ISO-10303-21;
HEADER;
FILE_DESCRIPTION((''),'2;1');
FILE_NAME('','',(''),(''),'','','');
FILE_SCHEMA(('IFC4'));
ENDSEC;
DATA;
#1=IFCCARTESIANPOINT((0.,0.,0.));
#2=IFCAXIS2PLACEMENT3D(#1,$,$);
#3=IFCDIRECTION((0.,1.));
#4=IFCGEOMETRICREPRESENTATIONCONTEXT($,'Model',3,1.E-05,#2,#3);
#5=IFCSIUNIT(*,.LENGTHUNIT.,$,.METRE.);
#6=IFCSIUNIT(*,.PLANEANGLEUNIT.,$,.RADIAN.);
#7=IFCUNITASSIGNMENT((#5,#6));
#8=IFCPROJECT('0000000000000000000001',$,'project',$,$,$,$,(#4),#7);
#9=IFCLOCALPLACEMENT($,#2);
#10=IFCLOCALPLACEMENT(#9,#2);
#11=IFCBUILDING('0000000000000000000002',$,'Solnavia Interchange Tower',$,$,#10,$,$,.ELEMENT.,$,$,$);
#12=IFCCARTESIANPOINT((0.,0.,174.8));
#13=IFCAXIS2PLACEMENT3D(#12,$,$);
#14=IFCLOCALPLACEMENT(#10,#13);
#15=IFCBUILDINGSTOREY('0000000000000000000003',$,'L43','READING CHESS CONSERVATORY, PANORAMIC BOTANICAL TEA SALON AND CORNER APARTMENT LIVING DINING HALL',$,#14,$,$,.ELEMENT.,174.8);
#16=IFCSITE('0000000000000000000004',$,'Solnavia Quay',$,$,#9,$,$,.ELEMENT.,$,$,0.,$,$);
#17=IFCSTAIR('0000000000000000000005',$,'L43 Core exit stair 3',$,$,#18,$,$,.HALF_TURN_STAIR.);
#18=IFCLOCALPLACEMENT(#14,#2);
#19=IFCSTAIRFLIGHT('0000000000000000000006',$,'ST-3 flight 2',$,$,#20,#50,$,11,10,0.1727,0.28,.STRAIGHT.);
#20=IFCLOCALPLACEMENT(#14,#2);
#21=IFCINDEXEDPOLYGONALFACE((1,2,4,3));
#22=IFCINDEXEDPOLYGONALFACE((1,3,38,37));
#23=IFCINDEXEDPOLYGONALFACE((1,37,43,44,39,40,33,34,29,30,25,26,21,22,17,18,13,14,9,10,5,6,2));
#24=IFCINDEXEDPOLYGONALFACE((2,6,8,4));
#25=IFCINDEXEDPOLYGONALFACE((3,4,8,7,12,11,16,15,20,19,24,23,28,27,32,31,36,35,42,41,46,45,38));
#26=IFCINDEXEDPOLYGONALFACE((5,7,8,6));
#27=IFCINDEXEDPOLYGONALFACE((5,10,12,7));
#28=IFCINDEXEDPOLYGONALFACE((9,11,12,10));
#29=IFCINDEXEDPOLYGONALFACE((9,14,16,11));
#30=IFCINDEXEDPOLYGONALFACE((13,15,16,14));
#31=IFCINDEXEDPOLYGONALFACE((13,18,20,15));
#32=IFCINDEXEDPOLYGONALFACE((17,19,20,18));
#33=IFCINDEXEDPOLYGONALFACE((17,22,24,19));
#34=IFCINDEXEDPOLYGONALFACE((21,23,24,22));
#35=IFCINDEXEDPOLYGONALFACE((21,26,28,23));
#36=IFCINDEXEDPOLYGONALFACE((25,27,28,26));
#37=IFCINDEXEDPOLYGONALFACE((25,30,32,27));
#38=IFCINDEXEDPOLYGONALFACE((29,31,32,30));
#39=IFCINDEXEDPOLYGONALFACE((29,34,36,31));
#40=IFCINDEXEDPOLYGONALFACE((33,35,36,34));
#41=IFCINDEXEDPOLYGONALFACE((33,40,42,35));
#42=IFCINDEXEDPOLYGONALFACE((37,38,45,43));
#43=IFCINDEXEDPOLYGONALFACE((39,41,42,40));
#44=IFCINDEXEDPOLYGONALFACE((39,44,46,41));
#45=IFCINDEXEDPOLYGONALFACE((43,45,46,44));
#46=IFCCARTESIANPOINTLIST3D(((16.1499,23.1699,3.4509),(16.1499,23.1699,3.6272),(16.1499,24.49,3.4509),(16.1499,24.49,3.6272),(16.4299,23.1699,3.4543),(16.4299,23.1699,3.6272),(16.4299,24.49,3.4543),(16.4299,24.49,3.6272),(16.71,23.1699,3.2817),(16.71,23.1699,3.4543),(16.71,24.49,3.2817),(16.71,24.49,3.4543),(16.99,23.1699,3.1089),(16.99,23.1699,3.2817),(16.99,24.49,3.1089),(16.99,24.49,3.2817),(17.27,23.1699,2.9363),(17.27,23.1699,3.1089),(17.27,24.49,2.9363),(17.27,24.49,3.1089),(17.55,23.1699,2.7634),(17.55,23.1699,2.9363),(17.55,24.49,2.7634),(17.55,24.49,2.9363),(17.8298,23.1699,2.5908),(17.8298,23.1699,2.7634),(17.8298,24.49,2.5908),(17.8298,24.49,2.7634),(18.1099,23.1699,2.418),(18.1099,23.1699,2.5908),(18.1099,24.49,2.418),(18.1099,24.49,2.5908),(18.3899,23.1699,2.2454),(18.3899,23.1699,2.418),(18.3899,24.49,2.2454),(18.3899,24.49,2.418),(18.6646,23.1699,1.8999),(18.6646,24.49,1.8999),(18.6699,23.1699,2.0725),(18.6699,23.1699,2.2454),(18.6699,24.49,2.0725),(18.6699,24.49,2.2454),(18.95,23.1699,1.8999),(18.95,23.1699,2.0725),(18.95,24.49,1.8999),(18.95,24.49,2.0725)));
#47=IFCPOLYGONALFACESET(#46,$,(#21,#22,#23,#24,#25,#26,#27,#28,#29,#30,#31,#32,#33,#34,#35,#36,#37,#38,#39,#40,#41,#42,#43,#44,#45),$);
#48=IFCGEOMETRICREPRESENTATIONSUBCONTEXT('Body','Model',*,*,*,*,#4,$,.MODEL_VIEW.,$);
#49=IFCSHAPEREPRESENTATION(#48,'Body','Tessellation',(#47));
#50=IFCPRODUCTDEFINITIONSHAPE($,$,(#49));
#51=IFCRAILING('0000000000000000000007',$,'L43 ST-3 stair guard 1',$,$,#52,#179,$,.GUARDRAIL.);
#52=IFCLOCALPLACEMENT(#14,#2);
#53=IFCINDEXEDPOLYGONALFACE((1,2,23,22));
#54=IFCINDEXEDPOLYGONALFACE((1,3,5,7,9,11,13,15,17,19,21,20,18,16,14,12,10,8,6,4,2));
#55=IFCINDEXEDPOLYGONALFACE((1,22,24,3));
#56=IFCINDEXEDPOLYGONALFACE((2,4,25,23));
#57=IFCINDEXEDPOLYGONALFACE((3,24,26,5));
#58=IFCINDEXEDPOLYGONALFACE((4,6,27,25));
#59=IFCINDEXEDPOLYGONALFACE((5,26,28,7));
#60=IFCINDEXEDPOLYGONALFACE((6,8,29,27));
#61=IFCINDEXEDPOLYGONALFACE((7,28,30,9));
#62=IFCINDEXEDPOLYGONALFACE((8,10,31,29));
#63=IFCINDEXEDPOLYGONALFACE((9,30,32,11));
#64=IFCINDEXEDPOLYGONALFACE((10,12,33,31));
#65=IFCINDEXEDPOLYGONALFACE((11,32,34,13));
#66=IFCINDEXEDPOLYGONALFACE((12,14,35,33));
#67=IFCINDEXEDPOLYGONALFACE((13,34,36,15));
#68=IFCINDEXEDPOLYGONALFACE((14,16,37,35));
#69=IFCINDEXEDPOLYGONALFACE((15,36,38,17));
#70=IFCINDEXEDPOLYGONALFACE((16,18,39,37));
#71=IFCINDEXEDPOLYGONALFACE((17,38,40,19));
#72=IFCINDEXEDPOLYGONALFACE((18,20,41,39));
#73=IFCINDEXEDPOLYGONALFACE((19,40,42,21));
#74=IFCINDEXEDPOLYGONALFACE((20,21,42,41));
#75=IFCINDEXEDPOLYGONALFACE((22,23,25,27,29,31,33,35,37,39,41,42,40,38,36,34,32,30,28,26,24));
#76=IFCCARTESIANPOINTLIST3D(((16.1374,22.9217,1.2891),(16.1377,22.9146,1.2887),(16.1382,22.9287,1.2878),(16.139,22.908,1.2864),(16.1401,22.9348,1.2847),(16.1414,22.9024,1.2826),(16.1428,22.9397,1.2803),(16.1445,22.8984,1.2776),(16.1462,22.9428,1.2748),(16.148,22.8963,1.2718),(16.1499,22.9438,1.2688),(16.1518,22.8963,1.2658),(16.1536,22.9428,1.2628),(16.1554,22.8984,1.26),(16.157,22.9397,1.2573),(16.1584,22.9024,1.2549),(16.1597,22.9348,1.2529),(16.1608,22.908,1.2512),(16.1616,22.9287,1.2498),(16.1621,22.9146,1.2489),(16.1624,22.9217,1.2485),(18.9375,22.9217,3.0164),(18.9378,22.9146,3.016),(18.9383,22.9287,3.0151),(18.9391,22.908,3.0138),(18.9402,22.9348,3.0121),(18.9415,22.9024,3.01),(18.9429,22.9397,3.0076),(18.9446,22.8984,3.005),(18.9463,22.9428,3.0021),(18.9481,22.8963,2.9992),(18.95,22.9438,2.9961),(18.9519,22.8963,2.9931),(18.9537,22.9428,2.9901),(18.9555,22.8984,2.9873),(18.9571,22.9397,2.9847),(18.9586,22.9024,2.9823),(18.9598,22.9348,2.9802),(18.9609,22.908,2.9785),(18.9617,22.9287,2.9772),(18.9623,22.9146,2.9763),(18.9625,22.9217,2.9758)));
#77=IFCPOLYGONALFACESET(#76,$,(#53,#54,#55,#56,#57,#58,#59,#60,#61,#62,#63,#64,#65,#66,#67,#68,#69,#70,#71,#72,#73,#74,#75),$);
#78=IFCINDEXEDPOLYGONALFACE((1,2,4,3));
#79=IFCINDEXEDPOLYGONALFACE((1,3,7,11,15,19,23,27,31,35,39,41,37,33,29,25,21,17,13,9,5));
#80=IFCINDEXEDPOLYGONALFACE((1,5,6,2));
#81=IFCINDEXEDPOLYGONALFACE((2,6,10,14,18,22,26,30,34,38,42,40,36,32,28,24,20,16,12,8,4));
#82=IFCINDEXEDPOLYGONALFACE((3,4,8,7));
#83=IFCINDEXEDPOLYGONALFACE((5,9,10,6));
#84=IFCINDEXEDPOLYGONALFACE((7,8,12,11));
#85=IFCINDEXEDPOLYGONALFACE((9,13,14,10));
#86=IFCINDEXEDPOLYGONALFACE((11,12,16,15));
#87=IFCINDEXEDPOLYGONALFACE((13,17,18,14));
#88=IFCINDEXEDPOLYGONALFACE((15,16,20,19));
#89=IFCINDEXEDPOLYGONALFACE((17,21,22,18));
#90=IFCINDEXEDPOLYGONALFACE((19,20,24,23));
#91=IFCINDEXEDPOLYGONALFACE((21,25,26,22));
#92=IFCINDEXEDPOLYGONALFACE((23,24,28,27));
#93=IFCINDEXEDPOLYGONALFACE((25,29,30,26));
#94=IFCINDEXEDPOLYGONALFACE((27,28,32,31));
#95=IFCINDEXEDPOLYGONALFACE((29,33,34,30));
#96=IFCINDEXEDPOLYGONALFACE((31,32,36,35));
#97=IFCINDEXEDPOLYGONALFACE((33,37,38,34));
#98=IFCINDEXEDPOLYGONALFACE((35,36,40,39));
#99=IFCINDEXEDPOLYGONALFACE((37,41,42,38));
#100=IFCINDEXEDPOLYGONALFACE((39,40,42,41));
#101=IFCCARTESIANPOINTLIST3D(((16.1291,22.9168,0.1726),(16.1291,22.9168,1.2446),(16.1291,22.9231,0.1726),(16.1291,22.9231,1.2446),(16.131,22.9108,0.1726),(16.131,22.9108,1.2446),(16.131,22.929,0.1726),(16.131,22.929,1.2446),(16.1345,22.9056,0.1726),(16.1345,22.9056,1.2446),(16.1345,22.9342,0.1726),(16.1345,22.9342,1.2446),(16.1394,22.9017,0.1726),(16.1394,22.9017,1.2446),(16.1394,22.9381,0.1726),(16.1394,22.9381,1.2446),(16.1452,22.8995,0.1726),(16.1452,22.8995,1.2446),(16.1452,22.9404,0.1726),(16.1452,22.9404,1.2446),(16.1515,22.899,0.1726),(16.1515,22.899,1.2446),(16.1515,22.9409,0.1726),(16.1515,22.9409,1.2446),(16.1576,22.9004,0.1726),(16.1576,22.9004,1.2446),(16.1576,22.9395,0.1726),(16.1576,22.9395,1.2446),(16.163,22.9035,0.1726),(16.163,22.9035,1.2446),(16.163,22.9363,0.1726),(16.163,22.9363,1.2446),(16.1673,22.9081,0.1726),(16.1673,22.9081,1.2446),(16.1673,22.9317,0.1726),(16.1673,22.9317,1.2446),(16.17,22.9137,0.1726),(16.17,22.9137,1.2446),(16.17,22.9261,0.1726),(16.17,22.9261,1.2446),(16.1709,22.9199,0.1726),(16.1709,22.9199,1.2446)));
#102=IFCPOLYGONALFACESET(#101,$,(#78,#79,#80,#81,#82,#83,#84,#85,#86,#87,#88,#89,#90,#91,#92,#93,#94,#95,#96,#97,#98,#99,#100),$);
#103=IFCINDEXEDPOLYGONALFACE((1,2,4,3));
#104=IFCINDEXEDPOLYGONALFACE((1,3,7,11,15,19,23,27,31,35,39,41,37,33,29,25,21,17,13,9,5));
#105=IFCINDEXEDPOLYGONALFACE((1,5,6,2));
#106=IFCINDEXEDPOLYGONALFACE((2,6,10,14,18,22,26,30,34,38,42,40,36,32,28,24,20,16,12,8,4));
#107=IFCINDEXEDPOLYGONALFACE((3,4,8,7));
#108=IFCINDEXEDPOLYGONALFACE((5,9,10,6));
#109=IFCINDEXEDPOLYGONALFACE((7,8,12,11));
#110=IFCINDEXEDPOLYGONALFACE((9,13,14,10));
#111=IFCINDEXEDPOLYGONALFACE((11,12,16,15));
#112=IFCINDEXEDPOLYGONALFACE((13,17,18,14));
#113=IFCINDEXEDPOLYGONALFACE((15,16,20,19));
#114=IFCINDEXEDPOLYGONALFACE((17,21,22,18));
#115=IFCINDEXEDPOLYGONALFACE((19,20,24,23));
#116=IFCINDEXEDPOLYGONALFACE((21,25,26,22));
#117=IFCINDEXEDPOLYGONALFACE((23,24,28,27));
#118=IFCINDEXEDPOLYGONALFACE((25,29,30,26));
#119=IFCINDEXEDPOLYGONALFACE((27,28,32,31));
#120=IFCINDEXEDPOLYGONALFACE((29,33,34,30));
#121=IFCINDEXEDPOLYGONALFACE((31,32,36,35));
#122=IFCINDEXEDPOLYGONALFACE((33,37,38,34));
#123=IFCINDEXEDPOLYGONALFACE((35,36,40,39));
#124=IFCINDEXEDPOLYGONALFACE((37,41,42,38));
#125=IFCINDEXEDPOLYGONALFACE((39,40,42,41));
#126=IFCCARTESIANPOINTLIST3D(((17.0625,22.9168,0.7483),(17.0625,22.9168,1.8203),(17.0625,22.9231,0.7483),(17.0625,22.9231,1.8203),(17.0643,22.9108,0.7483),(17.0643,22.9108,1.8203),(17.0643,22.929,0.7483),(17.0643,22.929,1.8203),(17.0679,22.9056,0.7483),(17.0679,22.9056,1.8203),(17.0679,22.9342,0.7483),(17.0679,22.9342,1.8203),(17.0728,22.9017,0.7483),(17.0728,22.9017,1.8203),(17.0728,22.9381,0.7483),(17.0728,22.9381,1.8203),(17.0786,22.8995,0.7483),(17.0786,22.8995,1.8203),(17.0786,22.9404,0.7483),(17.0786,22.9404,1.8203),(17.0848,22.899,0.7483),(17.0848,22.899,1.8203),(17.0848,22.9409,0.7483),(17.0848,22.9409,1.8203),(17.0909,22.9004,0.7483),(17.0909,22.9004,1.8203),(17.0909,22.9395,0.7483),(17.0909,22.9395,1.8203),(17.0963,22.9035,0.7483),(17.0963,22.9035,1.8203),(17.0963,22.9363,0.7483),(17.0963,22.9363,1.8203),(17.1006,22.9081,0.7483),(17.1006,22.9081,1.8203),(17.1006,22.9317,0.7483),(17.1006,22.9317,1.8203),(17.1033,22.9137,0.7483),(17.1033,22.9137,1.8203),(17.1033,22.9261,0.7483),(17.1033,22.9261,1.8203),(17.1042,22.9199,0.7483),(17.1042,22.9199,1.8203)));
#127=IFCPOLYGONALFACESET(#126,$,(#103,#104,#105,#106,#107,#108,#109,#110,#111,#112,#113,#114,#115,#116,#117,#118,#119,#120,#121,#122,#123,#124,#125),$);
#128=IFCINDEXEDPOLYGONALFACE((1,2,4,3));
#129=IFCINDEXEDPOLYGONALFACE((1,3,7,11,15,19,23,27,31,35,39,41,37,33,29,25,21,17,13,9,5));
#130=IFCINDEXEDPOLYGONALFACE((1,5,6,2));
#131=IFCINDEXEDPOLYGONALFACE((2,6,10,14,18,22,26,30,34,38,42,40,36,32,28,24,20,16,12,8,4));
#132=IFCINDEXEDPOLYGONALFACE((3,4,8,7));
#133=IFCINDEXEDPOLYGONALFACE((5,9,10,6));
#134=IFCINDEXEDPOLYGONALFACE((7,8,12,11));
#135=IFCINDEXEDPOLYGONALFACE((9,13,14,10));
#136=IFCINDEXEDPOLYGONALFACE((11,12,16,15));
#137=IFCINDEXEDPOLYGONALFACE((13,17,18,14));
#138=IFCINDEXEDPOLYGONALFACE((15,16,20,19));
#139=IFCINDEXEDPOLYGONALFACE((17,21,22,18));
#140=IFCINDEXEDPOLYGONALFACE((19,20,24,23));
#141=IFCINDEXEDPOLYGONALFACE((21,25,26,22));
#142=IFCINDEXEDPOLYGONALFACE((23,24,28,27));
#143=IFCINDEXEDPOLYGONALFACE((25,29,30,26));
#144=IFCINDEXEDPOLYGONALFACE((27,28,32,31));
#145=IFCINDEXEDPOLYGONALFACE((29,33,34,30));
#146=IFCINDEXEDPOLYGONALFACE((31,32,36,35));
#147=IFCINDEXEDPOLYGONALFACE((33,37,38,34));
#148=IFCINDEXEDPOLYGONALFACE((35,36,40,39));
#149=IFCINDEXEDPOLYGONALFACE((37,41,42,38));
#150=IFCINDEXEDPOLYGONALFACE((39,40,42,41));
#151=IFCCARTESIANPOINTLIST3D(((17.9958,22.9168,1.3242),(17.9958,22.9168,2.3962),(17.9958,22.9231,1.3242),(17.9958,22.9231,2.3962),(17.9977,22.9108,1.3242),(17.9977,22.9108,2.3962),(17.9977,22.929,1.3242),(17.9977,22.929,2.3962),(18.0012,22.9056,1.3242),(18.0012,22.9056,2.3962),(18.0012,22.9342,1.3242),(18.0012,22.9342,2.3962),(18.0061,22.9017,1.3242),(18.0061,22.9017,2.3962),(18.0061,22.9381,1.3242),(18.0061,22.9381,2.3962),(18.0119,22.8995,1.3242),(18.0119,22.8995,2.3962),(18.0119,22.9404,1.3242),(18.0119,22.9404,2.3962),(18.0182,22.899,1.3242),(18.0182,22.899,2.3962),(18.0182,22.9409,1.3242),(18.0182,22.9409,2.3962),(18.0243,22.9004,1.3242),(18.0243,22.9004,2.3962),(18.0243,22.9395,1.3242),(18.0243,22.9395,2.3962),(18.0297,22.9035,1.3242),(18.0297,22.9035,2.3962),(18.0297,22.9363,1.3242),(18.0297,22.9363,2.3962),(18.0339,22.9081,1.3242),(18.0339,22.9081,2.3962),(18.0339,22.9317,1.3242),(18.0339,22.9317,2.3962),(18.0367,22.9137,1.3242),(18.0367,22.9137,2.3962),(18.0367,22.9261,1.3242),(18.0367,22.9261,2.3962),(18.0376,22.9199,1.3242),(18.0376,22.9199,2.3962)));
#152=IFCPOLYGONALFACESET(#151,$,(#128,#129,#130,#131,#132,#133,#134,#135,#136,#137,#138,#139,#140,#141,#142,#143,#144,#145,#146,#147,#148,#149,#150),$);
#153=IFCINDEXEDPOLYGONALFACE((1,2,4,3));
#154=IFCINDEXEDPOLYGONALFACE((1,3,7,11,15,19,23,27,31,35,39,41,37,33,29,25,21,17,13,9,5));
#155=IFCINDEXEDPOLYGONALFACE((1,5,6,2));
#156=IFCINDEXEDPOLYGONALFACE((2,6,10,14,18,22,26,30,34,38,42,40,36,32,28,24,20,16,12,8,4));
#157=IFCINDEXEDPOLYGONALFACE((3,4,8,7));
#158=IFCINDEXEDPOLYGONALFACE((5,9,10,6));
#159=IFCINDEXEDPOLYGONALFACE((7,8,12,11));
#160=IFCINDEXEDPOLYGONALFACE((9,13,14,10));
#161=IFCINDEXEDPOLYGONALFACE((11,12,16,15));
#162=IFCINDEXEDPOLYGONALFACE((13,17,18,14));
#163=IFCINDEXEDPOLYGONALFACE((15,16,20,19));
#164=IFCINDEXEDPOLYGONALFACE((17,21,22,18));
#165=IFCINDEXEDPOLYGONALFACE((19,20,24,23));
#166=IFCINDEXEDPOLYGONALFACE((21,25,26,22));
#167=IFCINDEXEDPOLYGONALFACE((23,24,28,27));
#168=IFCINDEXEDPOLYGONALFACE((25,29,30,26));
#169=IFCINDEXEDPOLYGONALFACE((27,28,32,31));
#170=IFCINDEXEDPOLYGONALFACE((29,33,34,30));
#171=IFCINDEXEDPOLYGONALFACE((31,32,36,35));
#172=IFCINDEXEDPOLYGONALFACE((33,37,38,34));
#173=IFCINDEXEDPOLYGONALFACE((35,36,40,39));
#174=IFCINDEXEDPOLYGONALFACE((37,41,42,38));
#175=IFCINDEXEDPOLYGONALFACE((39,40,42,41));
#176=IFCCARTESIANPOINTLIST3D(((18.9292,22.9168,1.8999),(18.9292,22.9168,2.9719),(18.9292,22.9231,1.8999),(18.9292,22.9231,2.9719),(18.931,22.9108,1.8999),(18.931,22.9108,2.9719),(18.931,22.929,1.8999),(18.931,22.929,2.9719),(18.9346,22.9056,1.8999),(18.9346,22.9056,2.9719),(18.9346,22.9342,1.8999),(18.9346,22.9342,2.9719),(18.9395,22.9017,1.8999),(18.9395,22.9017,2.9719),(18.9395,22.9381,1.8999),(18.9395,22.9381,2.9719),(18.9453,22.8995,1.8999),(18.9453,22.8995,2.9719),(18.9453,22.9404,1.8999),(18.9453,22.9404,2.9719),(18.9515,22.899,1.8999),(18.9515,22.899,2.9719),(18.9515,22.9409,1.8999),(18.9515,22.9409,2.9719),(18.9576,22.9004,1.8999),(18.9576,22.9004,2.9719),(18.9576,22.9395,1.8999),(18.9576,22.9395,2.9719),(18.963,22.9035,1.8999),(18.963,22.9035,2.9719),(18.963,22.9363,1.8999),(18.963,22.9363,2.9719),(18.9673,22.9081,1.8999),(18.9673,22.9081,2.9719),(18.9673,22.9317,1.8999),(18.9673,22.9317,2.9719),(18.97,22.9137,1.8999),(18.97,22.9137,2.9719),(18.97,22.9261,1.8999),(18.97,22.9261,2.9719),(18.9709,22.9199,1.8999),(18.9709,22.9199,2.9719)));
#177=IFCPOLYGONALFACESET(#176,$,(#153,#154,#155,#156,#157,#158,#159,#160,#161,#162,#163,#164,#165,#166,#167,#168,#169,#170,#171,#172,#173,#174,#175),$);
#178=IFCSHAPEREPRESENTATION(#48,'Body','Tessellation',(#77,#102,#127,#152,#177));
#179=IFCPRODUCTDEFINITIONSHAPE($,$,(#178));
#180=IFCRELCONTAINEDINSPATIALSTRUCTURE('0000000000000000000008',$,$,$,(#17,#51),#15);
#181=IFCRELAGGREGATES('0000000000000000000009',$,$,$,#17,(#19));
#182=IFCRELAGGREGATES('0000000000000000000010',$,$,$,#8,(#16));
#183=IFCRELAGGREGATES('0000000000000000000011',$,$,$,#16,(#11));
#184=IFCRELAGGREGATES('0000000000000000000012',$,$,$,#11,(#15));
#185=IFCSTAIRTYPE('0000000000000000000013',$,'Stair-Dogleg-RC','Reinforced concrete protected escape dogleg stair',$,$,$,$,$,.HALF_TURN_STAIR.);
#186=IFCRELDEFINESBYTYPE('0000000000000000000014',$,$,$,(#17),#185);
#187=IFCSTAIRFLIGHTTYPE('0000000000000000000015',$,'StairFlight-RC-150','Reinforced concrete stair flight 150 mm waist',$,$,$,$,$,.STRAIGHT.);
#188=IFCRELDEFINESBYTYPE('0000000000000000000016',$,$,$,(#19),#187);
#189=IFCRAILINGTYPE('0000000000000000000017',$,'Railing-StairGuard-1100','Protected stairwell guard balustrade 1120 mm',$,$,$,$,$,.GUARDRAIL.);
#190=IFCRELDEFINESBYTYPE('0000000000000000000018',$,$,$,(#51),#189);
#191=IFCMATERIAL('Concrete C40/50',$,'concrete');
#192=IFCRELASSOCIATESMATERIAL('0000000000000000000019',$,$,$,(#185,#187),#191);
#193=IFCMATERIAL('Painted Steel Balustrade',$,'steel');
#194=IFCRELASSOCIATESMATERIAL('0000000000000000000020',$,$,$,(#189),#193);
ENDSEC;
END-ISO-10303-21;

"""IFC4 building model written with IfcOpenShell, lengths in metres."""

from ifc_helpers import new_model, si_unit, direction, frame, origin, origin_2d, place, context, subcontext, project, spatial, polyline, circle, outline, extrude, material, type_object, element, aggregate, save


model = new_model("IFC4")

# Units and contexts
model_context = context("Model", 3, precision=1e-05, world=origin(), true_north=direction((0.0, 1.0)))
body_context = subcontext(model_context, "Body", "Model", "MODEL_VIEW")
ifc_project = project(units=[si_unit("LENGTHUNIT", "METRE"), si_unit("PLANEANGLEUNIT", "RADIAN")], contexts=[model_context])

# Site, building, storey
site_placement = place(None, origin())
site = spatial("IfcSite", under=ifc_project, at=site_placement, Name="Solnavia Quay", CompositionType="ELEMENT", RefElevation=0.0)
building_placement = place(site_placement, origin())
building = spatial("IfcBuilding", under=site, at=building_placement, Name="Solnavia Interchange Tower", CompositionType="ELEMENT")
storey_placement = place(building_placement, frame((0.0, 0.0, 174.8)))
storey = spatial("IfcBuildingStorey", under=building, at=storey_placement, Name="L43", Description="READING CHESS CONSERVATORY, PANORAMIC BOTANICAL TEA SALON AND CORNER APARTMENT LIVING DINING HALL", CompositionType="ELEMENT", Elevation=174.8)

# Shared definitions
ifc_material_1 = material(Name="Concrete C40/50", Category="concrete")

# Stair, stair flight
stair_type = type_object("IfcStairType", Name="Stair-Dogleg-RC", Description="Reinforced concrete protected escape dogleg stair", PredefinedType="HALF_TURN_STAIR", material=ifc_material_1)
stair_placement = place(storey_placement, origin())
stair = element("IfcStair", 1, at=stair_placement, inside=storey, type_object=stair_type, Name="L43 Core exit stair 3", PredefinedType="HALF_TURN_STAIR")
stair_flight_type = type_object("IfcStairFlightType", Name="StairFlight-RC-150", Description="Reinforced concrete stair flight 150 mm waist", PredefinedType="STRAIGHT", material=ifc_material_1)
stair_flight_placement = place(storey_placement, frame((18.95, 23.8301, 1.8999), z_axis=(0.0, 0.0, 1.0), x_axis=(-1.0, 0.0, 0.0)))
stair_flight = element("IfcStairFlight", 2, at=stair_flight_placement, type_object=stair_flight_type, Name="ST-3 flight 2", NumberOfRisers=11, NumberOfTreads=10, PredefinedType="STRAIGHT", RiserHeight=0.1727, TreadLength=0.28, context=body_context, shape_type="SweptSolid", body=[
    extrude(outline(polyline([(0.0, 0.0), (0.0, 0.1726), (0.28, 0.1726), (0.28, 0.3455), (0.5601, 0.3455), (0.5601, 0.5181), (0.8401, 0.5181), (0.8401, 0.6909), (1.1201, 0.6909), (1.1201, 0.8635), (1.3999, 0.8635), (1.3999, 1.0364), (1.6799, 1.0364), (1.6799, 1.209), (1.96, 1.209), (1.96, 1.3818), (2.24, 1.3818), (2.24, 1.5544), (2.52, 1.5544), (2.52, 1.7273), (2.8, 1.7273), (2.8, 1.8999), (2.8, 1.551), (0.2854, 0.0), (0.0, 0.0)])), frame((0.0, 0.6602, 0.0), z_axis=(0.0, -1.0, 0.0), x_axis=(1.0, 0.0, 0.0)), (0.0, 0.0, 1.0), 1.3201),
])
aggregate(stair, [stair_flight])

# Railing
ifc_material_2 = material(Name="Painted Steel Balustrade", Category="steel")
railing_type_1 = type_object("IfcRailingType", Name="Railing-StairGuard-1100", Description="Protected stairwell guard balustrade 1120 mm", PredefinedType="GUARDRAIL", material=ifc_material_2)
railing_1_placement = place(storey_placement, frame((16.1499, 22.9199, 0.1726)))
element("IfcRailing", 3, at=railing_1_placement, inside=storey, type_object=railing_type_1, Name="L43 ST-3 stair guard 1", PredefinedType="GUARDRAIL", context=body_context, shape_type="SweptSolid", body=[
    extrude(circle(Radius=0.0239, at=origin_2d()), frame((0.0, 0.0, 1.0962), z_axis=(0.85109, 0.0, 0.52502), x_axis=(0.0, 1.0, 0.0)), (0.0, 0.0, 1.0), 3.29),
    extrude(circle(Radius=0.021, at=origin_2d()), origin(), (0.0, 0.0, 1.0), 1.072),
    extrude(circle(Radius=0.021, at=origin_2d()), frame((0.9333, 0.0, 0.5757)), (0.0, 0.0, 1.0), 1.072),
    extrude(circle(Radius=0.021, at=origin_2d()), frame((1.8667, 0.0, 1.1516)), (0.0, 0.0, 1.0), 1.072),
    extrude(circle(Radius=0.021, at=origin_2d()), frame((2.8, 0.0, 1.7273)), (0.0, 0.0, 1.0), 1.072),
])

save(model, "model.ifc")
